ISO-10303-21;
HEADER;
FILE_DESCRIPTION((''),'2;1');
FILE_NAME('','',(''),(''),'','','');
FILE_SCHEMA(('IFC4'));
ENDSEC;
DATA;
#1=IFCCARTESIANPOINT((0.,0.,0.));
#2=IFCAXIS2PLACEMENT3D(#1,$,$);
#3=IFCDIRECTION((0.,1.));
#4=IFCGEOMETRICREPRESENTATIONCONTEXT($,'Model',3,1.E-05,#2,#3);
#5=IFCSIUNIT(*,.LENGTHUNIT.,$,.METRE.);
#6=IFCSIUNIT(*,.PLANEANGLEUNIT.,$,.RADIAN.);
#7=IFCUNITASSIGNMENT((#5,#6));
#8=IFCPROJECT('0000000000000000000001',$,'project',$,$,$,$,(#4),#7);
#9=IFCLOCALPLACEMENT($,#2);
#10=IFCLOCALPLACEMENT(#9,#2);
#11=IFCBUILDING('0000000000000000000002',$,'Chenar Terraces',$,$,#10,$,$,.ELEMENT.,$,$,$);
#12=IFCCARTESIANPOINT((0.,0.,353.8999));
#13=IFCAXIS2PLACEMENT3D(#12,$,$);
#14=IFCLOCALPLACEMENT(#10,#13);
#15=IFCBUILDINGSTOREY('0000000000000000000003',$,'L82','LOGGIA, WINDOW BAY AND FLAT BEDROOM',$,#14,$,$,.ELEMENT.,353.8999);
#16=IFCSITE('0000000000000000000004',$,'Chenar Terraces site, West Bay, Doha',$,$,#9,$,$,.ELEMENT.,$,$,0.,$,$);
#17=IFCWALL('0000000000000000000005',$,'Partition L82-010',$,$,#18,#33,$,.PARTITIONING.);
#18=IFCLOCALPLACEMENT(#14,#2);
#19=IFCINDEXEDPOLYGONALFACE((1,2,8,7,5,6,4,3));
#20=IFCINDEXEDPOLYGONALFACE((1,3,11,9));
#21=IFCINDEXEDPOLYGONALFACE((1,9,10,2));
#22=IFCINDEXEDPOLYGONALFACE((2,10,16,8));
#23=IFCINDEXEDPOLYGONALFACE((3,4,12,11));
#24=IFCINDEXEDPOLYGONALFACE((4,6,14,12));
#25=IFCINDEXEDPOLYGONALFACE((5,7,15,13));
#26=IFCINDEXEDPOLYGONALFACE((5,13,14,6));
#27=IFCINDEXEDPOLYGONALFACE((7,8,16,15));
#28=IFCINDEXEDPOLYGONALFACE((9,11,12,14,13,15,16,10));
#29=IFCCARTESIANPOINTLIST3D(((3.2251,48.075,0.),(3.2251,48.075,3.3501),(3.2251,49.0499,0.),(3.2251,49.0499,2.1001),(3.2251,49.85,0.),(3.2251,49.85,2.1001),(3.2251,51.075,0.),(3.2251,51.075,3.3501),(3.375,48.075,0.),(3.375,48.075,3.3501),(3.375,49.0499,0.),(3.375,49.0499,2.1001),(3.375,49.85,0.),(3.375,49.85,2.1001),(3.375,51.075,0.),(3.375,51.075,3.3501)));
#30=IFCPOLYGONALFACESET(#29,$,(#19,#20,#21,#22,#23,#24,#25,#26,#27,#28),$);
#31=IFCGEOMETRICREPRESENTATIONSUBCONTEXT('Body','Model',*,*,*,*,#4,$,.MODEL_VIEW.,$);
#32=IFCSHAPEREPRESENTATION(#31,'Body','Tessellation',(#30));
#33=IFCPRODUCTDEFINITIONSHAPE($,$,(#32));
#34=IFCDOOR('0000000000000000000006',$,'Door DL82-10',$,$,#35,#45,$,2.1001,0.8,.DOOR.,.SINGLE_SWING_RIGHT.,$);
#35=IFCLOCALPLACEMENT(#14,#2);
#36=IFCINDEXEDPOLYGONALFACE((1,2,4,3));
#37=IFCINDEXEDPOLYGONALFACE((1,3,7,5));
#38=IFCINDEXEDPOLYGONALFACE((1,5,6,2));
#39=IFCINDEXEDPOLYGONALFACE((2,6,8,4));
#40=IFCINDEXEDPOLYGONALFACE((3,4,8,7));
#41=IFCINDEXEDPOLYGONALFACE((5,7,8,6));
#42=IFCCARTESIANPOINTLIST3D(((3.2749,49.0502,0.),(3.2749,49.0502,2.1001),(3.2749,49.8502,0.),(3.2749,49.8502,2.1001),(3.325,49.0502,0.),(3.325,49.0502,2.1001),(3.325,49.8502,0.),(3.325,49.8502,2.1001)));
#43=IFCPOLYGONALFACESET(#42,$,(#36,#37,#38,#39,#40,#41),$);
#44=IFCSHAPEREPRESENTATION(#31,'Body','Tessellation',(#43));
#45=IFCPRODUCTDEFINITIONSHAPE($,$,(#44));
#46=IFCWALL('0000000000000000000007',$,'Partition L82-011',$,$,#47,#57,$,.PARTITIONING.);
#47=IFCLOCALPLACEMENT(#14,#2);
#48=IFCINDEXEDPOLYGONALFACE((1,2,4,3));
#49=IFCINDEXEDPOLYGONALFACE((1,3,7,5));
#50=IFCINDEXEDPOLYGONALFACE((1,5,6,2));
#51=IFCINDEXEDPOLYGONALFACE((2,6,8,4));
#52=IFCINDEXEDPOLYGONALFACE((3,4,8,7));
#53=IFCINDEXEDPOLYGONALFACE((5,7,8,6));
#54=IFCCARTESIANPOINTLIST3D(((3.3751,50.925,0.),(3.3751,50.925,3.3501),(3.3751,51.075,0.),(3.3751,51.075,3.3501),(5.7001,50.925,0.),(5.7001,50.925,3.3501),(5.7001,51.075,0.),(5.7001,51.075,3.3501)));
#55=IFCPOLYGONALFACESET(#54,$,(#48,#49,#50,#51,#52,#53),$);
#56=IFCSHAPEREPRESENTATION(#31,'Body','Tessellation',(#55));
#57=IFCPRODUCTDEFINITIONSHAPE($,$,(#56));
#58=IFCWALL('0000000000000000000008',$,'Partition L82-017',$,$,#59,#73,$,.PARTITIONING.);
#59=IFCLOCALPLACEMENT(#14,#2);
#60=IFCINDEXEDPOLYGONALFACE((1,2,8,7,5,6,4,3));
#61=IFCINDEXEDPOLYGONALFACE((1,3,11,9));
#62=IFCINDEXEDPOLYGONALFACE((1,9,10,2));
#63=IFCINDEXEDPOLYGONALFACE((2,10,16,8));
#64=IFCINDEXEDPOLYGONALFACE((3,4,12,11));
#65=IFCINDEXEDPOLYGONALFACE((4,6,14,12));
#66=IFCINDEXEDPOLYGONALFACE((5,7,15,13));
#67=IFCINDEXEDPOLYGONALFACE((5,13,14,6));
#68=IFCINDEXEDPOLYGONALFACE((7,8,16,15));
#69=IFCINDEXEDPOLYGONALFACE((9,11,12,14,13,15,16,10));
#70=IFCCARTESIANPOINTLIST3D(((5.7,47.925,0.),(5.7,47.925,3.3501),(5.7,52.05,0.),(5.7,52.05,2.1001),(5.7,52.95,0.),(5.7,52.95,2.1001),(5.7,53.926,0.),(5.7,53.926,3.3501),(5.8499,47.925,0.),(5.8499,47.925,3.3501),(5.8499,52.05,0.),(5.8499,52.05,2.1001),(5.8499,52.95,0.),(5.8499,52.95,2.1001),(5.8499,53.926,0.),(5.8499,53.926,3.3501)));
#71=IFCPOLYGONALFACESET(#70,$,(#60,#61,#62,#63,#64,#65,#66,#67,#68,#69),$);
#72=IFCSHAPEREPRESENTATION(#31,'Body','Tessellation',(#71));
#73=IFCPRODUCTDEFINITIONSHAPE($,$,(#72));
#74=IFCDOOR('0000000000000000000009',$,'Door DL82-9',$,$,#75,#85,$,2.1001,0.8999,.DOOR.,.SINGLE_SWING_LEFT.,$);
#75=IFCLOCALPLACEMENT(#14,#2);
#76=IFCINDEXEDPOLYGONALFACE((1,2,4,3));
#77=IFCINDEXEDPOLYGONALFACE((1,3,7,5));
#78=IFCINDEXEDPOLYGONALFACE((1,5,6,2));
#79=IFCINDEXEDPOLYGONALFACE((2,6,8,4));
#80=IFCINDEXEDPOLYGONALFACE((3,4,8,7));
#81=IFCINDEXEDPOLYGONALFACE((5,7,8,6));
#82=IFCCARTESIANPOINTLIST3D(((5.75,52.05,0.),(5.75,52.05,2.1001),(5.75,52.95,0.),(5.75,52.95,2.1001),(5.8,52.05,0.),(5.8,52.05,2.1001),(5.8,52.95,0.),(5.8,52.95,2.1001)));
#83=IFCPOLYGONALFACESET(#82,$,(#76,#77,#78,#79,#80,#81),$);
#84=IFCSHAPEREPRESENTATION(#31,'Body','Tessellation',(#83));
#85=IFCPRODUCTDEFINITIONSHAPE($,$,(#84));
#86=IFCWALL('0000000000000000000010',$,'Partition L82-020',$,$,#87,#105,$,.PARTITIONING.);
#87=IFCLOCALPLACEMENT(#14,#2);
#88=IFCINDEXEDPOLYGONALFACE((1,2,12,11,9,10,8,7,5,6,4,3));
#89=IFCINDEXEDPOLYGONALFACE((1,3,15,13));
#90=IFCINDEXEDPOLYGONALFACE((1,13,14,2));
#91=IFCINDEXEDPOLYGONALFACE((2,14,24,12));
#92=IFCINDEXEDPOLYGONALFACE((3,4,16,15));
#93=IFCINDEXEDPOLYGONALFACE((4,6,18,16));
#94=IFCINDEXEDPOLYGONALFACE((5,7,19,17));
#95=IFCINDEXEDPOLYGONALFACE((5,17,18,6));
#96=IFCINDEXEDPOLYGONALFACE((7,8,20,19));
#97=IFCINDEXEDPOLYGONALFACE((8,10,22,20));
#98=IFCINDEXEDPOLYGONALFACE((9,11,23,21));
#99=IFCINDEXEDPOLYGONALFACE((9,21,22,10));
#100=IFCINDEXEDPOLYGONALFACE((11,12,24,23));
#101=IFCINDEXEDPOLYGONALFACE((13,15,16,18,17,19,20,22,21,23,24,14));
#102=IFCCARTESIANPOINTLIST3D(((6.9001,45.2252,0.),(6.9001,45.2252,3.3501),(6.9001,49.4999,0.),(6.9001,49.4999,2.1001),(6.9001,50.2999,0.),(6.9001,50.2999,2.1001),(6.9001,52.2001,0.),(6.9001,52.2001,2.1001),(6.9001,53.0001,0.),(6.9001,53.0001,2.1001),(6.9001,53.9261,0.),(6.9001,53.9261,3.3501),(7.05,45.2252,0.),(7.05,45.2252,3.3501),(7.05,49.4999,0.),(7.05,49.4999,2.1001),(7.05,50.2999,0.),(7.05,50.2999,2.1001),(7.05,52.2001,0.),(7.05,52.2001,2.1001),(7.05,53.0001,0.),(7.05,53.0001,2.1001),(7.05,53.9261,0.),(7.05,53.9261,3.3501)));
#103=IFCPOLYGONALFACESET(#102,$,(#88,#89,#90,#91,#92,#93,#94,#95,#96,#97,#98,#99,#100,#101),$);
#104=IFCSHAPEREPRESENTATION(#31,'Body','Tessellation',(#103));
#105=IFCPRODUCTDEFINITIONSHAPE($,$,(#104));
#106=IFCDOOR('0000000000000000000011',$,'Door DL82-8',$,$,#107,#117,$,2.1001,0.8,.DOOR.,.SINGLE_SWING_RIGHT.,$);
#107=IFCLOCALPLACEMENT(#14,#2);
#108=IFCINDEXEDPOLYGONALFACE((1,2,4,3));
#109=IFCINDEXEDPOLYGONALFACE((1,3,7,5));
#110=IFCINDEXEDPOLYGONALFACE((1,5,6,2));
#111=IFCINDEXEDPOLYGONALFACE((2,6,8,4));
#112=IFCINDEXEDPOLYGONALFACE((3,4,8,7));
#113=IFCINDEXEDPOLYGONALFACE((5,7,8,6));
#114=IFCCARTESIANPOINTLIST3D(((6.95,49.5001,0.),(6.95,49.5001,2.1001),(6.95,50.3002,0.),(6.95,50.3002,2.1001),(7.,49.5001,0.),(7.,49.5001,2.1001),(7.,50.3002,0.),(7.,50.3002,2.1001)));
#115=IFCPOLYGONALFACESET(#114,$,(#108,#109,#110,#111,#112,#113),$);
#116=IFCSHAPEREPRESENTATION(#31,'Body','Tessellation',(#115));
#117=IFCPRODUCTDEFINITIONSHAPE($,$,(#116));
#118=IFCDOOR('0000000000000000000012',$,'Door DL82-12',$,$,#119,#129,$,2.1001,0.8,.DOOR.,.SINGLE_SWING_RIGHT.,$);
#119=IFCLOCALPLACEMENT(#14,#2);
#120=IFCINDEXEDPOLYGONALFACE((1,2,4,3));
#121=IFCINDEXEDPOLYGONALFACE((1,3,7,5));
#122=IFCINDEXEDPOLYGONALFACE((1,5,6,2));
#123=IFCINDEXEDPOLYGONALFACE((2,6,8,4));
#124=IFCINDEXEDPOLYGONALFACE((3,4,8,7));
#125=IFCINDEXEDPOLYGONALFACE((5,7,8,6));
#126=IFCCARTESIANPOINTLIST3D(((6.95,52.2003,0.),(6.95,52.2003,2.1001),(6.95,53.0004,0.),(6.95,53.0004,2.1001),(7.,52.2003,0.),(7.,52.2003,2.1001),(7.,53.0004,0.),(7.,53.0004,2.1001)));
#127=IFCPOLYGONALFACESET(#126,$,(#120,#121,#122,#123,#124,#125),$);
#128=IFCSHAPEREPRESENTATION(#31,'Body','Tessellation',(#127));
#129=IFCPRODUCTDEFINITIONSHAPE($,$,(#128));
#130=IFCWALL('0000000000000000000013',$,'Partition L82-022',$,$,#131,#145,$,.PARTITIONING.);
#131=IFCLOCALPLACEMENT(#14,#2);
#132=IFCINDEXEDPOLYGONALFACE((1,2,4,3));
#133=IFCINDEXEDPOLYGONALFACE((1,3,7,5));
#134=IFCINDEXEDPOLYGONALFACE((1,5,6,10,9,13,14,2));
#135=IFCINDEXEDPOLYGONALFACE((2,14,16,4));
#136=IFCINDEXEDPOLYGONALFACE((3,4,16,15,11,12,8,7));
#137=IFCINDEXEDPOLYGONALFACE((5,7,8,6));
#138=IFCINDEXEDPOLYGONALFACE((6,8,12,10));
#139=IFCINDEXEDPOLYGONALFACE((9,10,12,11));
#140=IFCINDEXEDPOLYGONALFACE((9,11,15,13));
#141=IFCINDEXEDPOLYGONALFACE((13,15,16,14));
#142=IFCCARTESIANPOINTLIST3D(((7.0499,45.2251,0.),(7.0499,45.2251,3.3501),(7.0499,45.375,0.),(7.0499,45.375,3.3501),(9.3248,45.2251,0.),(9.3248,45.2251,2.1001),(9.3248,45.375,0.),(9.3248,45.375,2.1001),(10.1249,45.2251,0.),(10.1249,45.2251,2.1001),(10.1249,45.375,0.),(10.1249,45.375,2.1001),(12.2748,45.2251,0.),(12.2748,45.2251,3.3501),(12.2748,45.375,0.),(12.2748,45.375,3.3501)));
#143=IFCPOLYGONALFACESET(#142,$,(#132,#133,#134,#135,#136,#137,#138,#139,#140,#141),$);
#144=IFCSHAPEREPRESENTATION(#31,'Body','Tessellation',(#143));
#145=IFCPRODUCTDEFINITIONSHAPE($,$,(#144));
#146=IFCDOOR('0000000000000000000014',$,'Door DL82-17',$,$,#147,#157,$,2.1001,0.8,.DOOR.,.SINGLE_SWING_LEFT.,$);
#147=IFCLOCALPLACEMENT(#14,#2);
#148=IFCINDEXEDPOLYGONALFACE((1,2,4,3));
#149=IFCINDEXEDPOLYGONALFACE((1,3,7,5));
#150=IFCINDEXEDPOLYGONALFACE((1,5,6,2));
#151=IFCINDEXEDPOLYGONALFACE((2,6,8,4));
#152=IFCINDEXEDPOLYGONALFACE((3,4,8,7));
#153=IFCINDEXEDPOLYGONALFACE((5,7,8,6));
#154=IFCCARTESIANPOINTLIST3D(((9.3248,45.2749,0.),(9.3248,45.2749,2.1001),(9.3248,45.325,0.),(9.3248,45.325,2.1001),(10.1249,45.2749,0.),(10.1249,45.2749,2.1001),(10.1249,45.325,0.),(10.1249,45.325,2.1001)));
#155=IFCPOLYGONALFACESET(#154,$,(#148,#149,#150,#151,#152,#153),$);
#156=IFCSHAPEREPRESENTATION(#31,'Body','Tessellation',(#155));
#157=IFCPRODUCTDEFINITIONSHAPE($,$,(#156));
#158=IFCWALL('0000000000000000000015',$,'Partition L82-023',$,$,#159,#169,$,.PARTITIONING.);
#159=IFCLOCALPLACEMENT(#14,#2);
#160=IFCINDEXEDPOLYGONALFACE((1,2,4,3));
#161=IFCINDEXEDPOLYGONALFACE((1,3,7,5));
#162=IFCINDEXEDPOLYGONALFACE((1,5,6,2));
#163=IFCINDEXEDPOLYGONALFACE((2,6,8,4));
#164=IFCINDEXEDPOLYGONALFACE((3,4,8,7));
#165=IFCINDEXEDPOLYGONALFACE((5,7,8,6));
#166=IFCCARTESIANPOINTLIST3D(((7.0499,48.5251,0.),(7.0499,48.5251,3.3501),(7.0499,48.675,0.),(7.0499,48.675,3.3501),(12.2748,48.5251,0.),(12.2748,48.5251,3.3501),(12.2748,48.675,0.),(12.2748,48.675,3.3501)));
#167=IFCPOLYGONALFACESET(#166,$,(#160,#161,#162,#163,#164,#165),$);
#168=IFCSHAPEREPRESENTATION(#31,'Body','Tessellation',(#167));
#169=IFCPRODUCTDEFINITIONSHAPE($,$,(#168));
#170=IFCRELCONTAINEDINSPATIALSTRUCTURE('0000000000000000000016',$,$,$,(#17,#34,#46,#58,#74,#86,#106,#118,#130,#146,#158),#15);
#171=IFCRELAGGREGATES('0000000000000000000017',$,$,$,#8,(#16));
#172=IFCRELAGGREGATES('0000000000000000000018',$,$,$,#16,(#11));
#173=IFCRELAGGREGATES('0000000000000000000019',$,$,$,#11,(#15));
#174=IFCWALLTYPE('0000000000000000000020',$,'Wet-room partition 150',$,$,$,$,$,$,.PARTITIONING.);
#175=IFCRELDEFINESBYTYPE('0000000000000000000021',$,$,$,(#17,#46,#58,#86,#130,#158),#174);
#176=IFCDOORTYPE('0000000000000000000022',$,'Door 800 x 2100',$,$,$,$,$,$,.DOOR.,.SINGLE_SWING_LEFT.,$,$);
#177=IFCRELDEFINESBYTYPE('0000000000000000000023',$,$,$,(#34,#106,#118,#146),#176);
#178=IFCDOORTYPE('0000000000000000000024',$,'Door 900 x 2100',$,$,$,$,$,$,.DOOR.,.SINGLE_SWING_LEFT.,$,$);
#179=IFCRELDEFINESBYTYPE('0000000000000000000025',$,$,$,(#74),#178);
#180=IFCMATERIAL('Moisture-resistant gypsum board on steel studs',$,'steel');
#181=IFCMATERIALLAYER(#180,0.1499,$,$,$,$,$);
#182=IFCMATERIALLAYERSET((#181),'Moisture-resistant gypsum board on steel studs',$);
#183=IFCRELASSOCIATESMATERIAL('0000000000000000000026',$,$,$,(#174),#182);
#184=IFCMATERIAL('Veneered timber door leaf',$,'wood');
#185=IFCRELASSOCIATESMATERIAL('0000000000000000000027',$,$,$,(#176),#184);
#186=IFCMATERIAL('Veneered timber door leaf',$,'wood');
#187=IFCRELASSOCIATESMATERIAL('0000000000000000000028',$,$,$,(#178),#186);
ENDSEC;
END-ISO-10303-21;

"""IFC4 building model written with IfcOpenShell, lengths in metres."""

from ifc_helpers import new_model, si_unit, direction, frame, frame_2d, origin, place, context, subcontext, project, spatial, rectangle, extrude, material, layer, layer_set, type_object, element, fill, save


model = new_model("IFC4")

# Units and contexts
model_context = context("Model", 3, precision=1e-05, world=origin(), true_north=direction((0.0, 1.0)))
body_context = subcontext(model_context, "Body", "Model", "MODEL_VIEW")
ifc_project = project(units=[si_unit("LENGTHUNIT", "METRE"), si_unit("PLANEANGLEUNIT", "RADIAN")], contexts=[model_context])

# Site, building, storey
site_placement = place(None, origin())
site = spatial("IfcSite", under=ifc_project, at=site_placement, Name="Chenar Terraces site, West Bay, Doha", CompositionType="ELEMENT", RefElevation=0.0)
building_placement = place(site_placement, origin())
building = spatial("IfcBuilding", under=site, at=building_placement, Name="Chenar Terraces", CompositionType="ELEMENT")
storey_placement = place(building_placement, frame((0.0, 0.0, 353.8999)))
storey = spatial("IfcBuildingStorey", under=building, at=storey_placement, Name="L82", Description="LOGGIA, WINDOW BAY AND FLAT BEDROOM", CompositionType="ELEMENT", Elevation=353.8999)

# Shared definitions
ifc_material_1 = material(Name="Moisture-resistant gypsum board on steel studs", Category="steel")
ifc_layer_1 = layer(ifc_material_1, 0.1499)
ifc_layer_set_1 = layer_set([ifc_layer_1], Name="Moisture-resistant gypsum board on steel studs")
wall_type_1 = type_object("IfcWallType", Name="Wet-room partition 150", PredefinedType="PARTITIONING", material=ifc_layer_set_1)

# Wall, opening, door
wall_1_placement = place(storey_placement, frame((3.3, 48.075, 0.0), z_axis=(0.0, 0.0, 1.0), x_axis=(0.0, 1.0, 0.0)))
wall_1 = element("IfcWall", 1, at=wall_1_placement, inside=storey, type_object=wall_type_1, Name="Partition L82-010", PredefinedType="PARTITIONING", context=body_context, shape_type="SweptSolid", body=[
    extrude(rectangle(XDim=3.0, YDim=0.1499, at=frame_2d((1.5, 0.0))), origin(), (0.0, 0.0, 1.0), 3.3501),
])
opening_1_placement = place(wall_1_placement, frame((0.9751, 0.0, 0.0)))
opening_1 = element("IfcOpeningElement", 2, at=opening_1_placement, cuts=wall_1, PredefinedType="OPENING", context=body_context, shape_type="SweptSolid", body=[
    extrude(rectangle(XDim=0.8, YDim=2.1001, at=frame_2d((0.3999, 1.05))), frame((0.0, 0.085, 0.0), z_axis=(0.0, -1.0, 0.0), x_axis=(1.0, 0.0, 0.0)), (0.0, 0.0, 1.0), 0.1699),
])
ifc_material_2 = material(Name="Veneered timber door leaf", Category="wood")
door_type_1 = type_object("IfcDoorType", Name="Door 800 x 2100", OperationType="SINGLE_SWING_LEFT", PredefinedType="DOOR", material=ifc_material_2)
door_1_placement = place(opening_1_placement, frame((0.8, 0.0, 0.0), z_axis=(0.0, 0.0, 1.0), x_axis=(-1.0, 0.0, 0.0)))
door_1 = element("IfcDoor", 3, at=door_1_placement, inside=storey, type_object=door_type_1, Name="Door DL82-10", OperationType="SINGLE_SWING_RIGHT", OverallHeight=2.1001, OverallWidth=0.8, PredefinedType="DOOR", context=body_context, shape_type="SweptSolid", body=[
    extrude(rectangle(XDim=0.8, YDim=2.1001, at=frame_2d((0.3999, 1.05))), frame((0.0, 0.0249, 0.0), z_axis=(0.0, -1.0, 0.0), x_axis=(1.0, 0.0, 0.0)), (0.0, 0.0, 1.0), 0.05),
])
fill(opening_1, door_1)

# Wall
wall_2_placement = place(storey_placement, frame((3.375, 51.0, 0.0), z_axis=(0.0, 0.0, 1.0), x_axis=(1.0, 0.0, 0.0)))
element("IfcWall", 4, at=wall_2_placement, inside=storey, type_object=wall_type_1, Name="Partition L82-011", PredefinedType="PARTITIONING", context=body_context, shape_type="SweptSolid", body=[
    extrude(rectangle(XDim=2.325, YDim=0.1499, at=frame_2d((1.1626, 0.0))), origin(), (0.0, 0.0, 1.0), 3.3501),
])

# Wall, opening, door
wall_3_placement = place(storey_placement, frame((5.7749, 47.925, 0.0), z_axis=(0.0, 0.0, 1.0), x_axis=(0.0, 1.0, 0.0)))
wall_3 = element("IfcWall", 5, at=wall_3_placement, inside=storey, type_object=wall_type_1, Name="Partition L82-017", PredefinedType="PARTITIONING", context=body_context, shape_type="SweptSolid", body=[
    extrude(rectangle(XDim=6.001, YDim=0.1499, at=frame_2d((3.0005, 0.0))), origin(), (0.0, 0.0, 1.0), 3.3501),
])
opening_2_placement = place(wall_3_placement, frame((4.125, 0.0, 0.0)))
opening_2 = element("IfcOpeningElement", 6, at=opening_2_placement, cuts=wall_3, PredefinedType="OPENING", context=body_context, shape_type="SweptSolid", body=[
    extrude(rectangle(XDim=0.8999, YDim=2.1001, at=frame_2d((0.45, 1.05))), frame((0.0, 0.085, 0.0), z_axis=(0.0, -1.0, 0.0), x_axis=(1.0, 0.0, 0.0)), (0.0, 0.0, 1.0), 0.1699),
])
ifc_material_3 = material(Name="Veneered timber door leaf", Category="wood")
door_type_2 = type_object("IfcDoorType", Name="Door 900 x 2100", OperationType="SINGLE_SWING_LEFT", PredefinedType="DOOR", material=ifc_material_3)
door_2_placement = place(opening_2_placement, origin())
door_2 = element("IfcDoor", 7, at=door_2_placement, inside=storey, type_object=door_type_2, Name="Door DL82-9", OperationType="SINGLE_SWING_LEFT", OverallHeight=2.1001, OverallWidth=0.8999, PredefinedType="DOOR", context=body_context, shape_type="SweptSolid", body=[
    extrude(rectangle(XDim=0.8999, YDim=2.1001, at=frame_2d((0.45, 1.05))), frame((0.0, 0.0249, 0.0), z_axis=(0.0, -1.0, 0.0), x_axis=(1.0, 0.0, 0.0)), (0.0, 0.0, 1.0), 0.05),
])
fill(opening_2, door_2)

# Wall, openings, doors
wall_4_placement = place(storey_placement, frame((6.9751, 45.2251, 0.0), z_axis=(0.0, 0.0, 1.0), x_axis=(0.0, 1.0, 0.0)))
wall_4 = element("IfcWall", 8, at=wall_4_placement, inside=storey, type_object=wall_type_1, Name="Partition L82-020", PredefinedType="PARTITIONING", context=body_context, shape_type="SweptSolid", body=[
    extrude(rectangle(XDim=8.7009, YDim=0.1499, at=frame_2d((4.3506, 0.0))), origin(), (0.0, 0.0, 1.0), 3.3501),
])
opening_3_placement = place(wall_4_placement, frame((4.2749, 0.0, 0.0)))
opening_3 = element("IfcOpeningElement", 9, at=opening_3_placement, cuts=wall_4, PredefinedType="OPENING", context=body_context, shape_type="SweptSolid", body=[
    extrude(rectangle(XDim=0.8, YDim=2.1001, at=frame_2d((0.3999, 1.05))), frame((0.0, 0.085, 0.0), z_axis=(0.0, -1.0, 0.0), x_axis=(1.0, 0.0, 0.0)), (0.0, 0.0, 1.0), 0.1699),
])
opening_4_placement = place(wall_4_placement, frame((6.9751, 0.0, 0.0)))
opening_4 = element("IfcOpeningElement", 10, at=opening_4_placement, cuts=wall_4, PredefinedType="OPENING", context=body_context, shape_type="SweptSolid", body=[
    extrude(rectangle(XDim=0.8, YDim=2.1001, at=frame_2d((0.3999, 1.05))), frame((0.0, 0.085, 0.0), z_axis=(0.0, -1.0, 0.0), x_axis=(1.0, 0.0, 0.0)), (0.0, 0.0, 1.0), 0.1699),
])
door_3_placement = place(opening_3_placement, frame((0.8, 0.0, 0.0), z_axis=(0.0, 0.0, 1.0), x_axis=(-1.0, 0.0, 0.0)))
door_3 = element("IfcDoor", 11, at=door_3_placement, inside=storey, type_object=door_type_1, Name="Door DL82-8", OperationType="SINGLE_SWING_RIGHT", OverallHeight=2.1001, OverallWidth=0.8, PredefinedType="DOOR", context=body_context, shape_type="SweptSolid", body=[
    extrude(rectangle(XDim=0.8, YDim=2.1001, at=frame_2d((0.3999, 1.05))), frame((0.0, 0.0249, 0.0), z_axis=(0.0, -1.0, 0.0), x_axis=(1.0, 0.0, 0.0)), (0.0, 0.0, 1.0), 0.05),
])
fill(opening_3, door_3)
door_4_placement = place(opening_4_placement, frame((0.8, 0.0, 0.0), z_axis=(0.0, 0.0, 1.0), x_axis=(-1.0, 0.0, 0.0)))
door_4 = element("IfcDoor", 12, at=door_4_placement, inside=storey, type_object=door_type_1, Name="Door DL82-12", OperationType="SINGLE_SWING_RIGHT", OverallHeight=2.1001, OverallWidth=0.8, PredefinedType="DOOR", context=body_context, shape_type="SweptSolid", body=[
    extrude(rectangle(XDim=0.8, YDim=2.1001, at=frame_2d((0.3999, 1.05))), frame((0.0, 0.0249, 0.0), z_axis=(0.0, -1.0, 0.0), x_axis=(1.0, 0.0, 0.0)), (0.0, 0.0, 1.0), 0.05),
])
fill(opening_4, door_4)

# Wall, opening, door
wall_5_placement = place(storey_placement, frame((7.05, 45.3, 0.0), z_axis=(0.0, 0.0, 1.0), x_axis=(1.0, 0.0, 0.0)))
wall_5 = element("IfcWall", 13, at=wall_5_placement, inside=storey, type_object=wall_type_1, Name="Partition L82-022", PredefinedType="PARTITIONING", context=body_context, shape_type="SweptSolid", body=[
    extrude(rectangle(XDim=5.2249, YDim=0.1499, at=frame_2d((2.6123, 0.0))), origin(), (0.0, 0.0, 1.0), 3.3501),
])
opening_5_placement = place(wall_5_placement, frame((2.2749, 0.0, 0.0)))
opening_5 = element("IfcOpeningElement", 14, at=opening_5_placement, cuts=wall_5, PredefinedType="OPENING", context=body_context, shape_type="SweptSolid", body=[
    extrude(rectangle(XDim=0.8, YDim=2.1001, at=frame_2d((0.3999, 1.05))), frame((0.0, 0.085, 0.0), z_axis=(0.0, -1.0, 0.0), x_axis=(1.0, 0.0, 0.0)), (0.0, 0.0, 1.0), 0.1699),
])
door_5_placement = place(opening_5_placement, origin())
door_5 = element("IfcDoor", 15, at=door_5_placement, inside=storey, type_object=door_type_1, Name="Door DL82-17", OperationType="SINGLE_SWING_LEFT", OverallHeight=2.1001, OverallWidth=0.8, PredefinedType="DOOR", context=body_context, shape_type="SweptSolid", body=[
    extrude(rectangle(XDim=0.8, YDim=2.1001, at=frame_2d((0.3999, 1.05))), frame((0.0, 0.0249, 0.0), z_axis=(0.0, -1.0, 0.0), x_axis=(1.0, 0.0, 0.0)), (0.0, 0.0, 1.0), 0.05),
])
fill(opening_5, door_5)

# Wall
wall_6_placement = place(storey_placement, frame((7.05, 48.6001, 0.0), z_axis=(0.0, 0.0, 1.0), x_axis=(1.0, 0.0, 0.0)))
element("IfcWall", 16, at=wall_6_placement, inside=storey, type_object=wall_type_1, Name="Partition L82-023", PredefinedType="PARTITIONING", context=body_context, shape_type="SweptSolid", body=[
    extrude(rectangle(XDim=5.2249, YDim=0.1499, at=frame_2d((2.6123, 0.0))), origin(), (0.0, 0.0, 1.0), 3.3501),
])

save(model, "model.ifc")
